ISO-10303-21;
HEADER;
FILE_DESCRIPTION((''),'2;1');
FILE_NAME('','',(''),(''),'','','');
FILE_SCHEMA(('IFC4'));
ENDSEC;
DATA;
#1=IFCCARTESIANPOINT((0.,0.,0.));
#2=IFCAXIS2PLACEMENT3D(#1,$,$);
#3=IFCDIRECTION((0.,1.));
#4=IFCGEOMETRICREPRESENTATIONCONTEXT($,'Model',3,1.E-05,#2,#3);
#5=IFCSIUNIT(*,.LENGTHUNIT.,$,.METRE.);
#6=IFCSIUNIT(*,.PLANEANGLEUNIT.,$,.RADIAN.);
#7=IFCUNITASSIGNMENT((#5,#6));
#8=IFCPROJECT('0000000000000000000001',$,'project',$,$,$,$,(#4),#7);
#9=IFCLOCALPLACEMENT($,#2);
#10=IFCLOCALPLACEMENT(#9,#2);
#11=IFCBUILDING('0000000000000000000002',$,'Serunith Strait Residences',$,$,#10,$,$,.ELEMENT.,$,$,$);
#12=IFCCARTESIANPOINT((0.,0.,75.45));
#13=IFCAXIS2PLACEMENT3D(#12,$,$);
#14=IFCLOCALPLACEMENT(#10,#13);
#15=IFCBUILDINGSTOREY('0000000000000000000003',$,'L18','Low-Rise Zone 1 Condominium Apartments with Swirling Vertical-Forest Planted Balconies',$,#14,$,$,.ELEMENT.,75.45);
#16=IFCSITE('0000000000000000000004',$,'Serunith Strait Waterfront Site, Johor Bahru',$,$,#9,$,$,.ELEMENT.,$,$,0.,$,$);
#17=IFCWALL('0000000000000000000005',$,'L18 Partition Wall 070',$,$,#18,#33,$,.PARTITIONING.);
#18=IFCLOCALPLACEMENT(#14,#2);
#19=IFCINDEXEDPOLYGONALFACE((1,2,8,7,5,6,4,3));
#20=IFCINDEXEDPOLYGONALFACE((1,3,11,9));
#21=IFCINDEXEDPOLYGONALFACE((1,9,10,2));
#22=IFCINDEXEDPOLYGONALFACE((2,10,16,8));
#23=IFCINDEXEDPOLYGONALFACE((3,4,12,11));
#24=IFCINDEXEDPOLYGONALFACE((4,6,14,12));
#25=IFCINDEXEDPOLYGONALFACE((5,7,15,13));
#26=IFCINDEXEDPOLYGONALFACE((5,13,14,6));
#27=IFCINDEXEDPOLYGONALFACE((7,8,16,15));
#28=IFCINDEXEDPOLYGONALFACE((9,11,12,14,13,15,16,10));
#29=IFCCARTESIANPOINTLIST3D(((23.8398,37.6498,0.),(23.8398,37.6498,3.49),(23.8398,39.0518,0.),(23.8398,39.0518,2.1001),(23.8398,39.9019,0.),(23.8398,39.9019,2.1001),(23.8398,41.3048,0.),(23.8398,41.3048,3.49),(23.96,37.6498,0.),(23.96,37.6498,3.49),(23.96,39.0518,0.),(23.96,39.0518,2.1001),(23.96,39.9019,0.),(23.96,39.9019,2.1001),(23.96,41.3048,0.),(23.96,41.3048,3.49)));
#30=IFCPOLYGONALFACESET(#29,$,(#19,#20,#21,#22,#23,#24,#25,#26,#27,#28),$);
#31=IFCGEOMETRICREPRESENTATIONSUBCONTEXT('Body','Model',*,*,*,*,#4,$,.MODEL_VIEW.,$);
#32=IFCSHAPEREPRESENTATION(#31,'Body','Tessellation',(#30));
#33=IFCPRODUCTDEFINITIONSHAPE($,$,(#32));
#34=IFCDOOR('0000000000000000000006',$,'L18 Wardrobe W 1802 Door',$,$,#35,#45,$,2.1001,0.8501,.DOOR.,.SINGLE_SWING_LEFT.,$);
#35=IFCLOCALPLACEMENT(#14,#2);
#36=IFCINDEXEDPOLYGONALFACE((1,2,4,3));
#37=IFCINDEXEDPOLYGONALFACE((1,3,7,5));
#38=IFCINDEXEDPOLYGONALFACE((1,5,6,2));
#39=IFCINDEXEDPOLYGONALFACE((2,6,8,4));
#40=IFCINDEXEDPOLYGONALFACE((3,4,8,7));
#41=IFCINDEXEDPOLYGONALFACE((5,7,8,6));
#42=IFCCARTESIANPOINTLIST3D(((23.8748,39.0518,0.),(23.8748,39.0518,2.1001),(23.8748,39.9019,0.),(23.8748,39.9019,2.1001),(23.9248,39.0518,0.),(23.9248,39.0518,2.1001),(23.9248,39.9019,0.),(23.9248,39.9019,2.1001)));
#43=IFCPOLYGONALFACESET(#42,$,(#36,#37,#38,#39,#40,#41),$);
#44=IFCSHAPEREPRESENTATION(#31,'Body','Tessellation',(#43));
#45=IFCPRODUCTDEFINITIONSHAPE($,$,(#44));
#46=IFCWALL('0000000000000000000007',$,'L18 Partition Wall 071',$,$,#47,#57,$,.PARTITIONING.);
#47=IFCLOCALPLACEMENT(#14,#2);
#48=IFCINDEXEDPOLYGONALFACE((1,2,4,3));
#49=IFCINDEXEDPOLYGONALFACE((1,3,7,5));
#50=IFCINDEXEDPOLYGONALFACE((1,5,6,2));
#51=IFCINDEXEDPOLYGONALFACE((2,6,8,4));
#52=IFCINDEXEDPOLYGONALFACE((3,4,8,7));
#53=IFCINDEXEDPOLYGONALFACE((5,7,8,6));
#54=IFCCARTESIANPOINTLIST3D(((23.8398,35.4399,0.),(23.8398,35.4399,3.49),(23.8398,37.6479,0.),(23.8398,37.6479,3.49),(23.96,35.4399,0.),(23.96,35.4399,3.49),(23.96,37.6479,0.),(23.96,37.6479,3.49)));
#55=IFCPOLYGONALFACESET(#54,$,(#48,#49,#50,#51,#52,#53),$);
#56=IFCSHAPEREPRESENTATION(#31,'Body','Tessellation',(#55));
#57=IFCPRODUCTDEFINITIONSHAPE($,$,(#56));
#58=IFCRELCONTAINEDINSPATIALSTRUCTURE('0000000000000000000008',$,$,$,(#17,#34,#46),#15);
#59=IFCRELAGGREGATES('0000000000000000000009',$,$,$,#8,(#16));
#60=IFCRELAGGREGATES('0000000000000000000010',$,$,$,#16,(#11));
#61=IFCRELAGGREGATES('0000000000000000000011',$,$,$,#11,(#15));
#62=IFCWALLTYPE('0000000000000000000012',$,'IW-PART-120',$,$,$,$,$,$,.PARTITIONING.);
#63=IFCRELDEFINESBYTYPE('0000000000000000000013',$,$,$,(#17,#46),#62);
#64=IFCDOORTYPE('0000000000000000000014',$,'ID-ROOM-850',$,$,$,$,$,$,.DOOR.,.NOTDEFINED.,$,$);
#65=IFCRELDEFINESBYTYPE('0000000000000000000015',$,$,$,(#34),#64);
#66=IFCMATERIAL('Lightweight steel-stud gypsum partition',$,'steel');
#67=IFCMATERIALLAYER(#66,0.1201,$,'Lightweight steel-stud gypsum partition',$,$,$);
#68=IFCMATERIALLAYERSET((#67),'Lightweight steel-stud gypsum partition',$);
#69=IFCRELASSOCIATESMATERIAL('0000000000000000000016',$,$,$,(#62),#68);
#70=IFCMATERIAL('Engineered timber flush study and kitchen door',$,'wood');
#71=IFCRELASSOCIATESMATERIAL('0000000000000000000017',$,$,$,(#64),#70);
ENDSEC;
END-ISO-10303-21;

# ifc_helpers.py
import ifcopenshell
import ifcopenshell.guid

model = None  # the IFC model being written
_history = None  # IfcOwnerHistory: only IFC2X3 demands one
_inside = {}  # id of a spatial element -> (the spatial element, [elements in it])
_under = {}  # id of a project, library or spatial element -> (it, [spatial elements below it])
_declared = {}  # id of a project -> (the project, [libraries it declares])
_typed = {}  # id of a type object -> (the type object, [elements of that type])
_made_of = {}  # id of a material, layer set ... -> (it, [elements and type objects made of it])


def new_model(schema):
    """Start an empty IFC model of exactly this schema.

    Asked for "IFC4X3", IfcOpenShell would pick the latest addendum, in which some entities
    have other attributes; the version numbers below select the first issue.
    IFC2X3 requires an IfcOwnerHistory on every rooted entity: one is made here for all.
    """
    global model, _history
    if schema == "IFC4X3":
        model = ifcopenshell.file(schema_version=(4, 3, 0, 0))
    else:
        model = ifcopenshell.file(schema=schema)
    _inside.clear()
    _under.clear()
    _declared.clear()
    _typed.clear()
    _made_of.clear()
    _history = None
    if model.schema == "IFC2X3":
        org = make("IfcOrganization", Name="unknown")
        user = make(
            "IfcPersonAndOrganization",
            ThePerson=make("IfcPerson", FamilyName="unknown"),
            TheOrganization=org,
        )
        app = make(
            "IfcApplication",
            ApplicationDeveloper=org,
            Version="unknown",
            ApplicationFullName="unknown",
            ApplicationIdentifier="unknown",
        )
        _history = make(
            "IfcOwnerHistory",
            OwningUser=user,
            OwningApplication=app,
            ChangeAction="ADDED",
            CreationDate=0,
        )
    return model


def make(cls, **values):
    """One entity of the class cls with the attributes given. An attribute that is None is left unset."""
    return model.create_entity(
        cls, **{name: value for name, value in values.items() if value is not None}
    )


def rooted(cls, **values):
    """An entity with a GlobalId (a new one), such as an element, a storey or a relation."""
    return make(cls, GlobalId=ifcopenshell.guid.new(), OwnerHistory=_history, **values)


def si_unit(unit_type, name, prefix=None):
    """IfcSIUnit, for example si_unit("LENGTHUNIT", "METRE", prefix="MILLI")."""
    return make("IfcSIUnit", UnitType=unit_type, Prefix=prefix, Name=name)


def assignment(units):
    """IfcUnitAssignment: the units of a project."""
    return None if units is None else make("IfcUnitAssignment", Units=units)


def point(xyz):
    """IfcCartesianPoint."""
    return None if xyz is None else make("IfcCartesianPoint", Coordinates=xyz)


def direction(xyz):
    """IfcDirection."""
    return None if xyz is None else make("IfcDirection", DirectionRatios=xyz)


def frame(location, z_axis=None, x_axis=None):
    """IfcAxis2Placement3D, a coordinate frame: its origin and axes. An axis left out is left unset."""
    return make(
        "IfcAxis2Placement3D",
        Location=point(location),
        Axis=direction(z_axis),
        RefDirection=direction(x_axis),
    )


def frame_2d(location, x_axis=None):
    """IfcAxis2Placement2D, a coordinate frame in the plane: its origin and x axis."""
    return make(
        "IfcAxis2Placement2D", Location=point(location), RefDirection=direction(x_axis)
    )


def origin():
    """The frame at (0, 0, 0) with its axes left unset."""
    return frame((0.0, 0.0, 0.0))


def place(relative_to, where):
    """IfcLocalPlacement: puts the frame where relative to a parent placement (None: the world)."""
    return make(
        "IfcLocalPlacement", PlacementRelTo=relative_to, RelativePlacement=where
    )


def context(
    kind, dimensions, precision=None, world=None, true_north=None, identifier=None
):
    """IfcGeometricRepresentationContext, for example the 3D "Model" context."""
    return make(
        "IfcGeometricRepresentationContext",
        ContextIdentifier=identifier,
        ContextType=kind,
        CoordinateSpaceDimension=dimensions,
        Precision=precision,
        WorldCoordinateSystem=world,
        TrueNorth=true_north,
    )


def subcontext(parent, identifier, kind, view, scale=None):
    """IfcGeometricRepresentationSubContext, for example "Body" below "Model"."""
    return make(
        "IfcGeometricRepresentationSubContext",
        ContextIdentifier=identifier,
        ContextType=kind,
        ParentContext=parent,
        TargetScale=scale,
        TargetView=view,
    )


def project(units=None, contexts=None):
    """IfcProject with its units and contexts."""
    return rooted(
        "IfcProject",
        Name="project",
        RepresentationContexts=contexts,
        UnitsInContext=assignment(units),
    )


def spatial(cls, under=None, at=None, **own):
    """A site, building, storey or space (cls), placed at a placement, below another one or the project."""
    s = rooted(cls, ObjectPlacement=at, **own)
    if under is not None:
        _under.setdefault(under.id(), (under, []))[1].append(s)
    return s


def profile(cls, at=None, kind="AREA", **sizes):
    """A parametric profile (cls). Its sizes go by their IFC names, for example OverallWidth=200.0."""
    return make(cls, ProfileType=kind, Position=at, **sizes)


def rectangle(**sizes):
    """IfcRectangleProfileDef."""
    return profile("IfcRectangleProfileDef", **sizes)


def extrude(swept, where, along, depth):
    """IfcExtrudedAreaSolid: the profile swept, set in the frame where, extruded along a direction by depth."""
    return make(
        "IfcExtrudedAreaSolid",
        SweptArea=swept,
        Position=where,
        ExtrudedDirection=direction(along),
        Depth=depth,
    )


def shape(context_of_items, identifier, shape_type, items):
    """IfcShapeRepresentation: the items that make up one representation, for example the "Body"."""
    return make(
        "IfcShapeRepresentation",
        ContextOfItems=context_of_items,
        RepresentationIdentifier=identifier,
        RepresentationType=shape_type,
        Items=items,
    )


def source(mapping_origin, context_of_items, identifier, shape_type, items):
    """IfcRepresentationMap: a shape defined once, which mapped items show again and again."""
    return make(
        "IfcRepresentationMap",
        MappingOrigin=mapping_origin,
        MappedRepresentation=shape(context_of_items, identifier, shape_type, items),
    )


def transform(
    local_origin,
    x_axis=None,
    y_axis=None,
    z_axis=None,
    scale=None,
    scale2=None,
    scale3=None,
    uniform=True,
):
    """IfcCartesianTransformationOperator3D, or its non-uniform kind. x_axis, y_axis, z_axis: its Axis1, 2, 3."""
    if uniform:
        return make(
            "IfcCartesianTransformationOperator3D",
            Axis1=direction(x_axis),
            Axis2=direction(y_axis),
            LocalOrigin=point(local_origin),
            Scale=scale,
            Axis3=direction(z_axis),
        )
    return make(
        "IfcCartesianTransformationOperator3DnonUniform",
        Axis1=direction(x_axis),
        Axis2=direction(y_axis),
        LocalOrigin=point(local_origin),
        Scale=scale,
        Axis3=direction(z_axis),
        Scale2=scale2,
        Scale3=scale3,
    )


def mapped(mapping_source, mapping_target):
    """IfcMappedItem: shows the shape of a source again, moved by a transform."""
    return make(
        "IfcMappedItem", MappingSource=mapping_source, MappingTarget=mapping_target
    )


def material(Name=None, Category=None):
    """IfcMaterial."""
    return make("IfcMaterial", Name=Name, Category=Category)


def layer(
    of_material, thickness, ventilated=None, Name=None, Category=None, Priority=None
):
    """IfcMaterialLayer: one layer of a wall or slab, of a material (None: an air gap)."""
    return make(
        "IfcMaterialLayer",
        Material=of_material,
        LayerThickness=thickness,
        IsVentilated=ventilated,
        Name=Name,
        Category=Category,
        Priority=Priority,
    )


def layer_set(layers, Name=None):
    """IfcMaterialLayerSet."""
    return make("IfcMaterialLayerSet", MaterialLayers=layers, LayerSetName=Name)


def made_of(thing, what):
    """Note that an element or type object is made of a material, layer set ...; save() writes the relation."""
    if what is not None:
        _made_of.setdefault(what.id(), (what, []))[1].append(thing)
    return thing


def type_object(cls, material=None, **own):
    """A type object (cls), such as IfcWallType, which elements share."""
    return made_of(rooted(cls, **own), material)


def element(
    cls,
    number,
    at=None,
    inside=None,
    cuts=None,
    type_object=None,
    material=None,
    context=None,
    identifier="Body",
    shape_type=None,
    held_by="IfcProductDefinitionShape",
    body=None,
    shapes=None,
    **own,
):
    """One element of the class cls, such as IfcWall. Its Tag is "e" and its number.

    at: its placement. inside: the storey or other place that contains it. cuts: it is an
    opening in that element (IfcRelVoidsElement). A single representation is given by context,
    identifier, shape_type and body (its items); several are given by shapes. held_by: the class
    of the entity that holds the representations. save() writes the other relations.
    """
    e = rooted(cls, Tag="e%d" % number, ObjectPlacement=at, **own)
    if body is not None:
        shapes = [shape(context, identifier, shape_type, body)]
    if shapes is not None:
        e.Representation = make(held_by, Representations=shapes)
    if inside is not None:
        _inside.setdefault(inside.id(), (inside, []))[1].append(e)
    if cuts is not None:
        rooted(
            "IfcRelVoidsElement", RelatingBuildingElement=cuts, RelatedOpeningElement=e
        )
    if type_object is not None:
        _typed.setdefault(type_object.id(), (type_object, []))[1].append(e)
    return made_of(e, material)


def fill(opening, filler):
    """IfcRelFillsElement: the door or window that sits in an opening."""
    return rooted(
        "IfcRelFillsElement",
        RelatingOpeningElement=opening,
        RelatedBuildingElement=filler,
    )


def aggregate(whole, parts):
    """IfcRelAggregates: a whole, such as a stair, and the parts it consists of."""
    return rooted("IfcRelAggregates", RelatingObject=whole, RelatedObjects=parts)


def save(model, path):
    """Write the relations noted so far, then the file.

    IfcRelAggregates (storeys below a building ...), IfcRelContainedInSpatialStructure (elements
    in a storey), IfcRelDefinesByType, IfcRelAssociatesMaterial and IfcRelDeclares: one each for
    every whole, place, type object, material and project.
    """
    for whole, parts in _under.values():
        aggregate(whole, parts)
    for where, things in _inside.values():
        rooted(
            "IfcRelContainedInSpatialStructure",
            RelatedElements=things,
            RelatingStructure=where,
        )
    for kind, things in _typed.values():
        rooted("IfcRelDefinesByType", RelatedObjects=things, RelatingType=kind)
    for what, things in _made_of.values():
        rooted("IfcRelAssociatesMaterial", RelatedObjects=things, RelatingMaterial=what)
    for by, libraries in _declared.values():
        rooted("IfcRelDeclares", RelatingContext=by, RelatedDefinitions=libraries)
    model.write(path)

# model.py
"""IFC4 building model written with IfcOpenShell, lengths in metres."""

from ifc_helpers import new_model, si_unit, direction, frame, frame_2d, origin, place, context, subcontext, project, spatial, rectangle, extrude, source, transform, mapped, material, layer, layer_set, type_object, element, fill, save


model = new_model("IFC4")

# Units and contexts
model_context = context("Model", 3, precision=1e-05, world=origin(), true_north=direction((0.0, 1.0)))
body_context = subcontext(model_context, "Body", "Model", "MODEL_VIEW")
ifc_project = project(units=[si_unit("LENGTHUNIT", "METRE"), si_unit("PLANEANGLEUNIT", "RADIAN")], contexts=[model_context])

# Site, building, storey
site_placement = place(None, origin())
site = spatial("IfcSite", under=ifc_project, at=site_placement, Name="Serunith Strait Waterfront Site, Johor Bahru", CompositionType="ELEMENT", RefElevation=0.0)
building_placement = place(site_placement, origin())
building = spatial("IfcBuilding", under=site, at=building_placement, Name="Serunith Strait Residences", CompositionType="ELEMENT")
storey_placement = place(building_placement, frame((0.0, 0.0, 75.45)))
storey = spatial("IfcBuildingStorey", under=building, at=storey_placement, Name="L18", Description="Low-Rise Zone 1 Condominium Apartments with Swirling Vertical-Forest Planted Balconies", CompositionType="ELEMENT", Elevation=75.45)

# Shared definitions
ifc_material_1 = material(Name="Lightweight steel-stud gypsum partition", Category="steel")
ifc_layer_1 = layer(ifc_material_1, 0.1201, Name="Lightweight steel-stud gypsum partition")
ifc_layer_set_1 = layer_set([ifc_layer_1], Name="Lightweight steel-stud gypsum partition")
wall_type_1 = type_object("IfcWallType", Name="IW-PART-120", PredefinedType="PARTITIONING", material=ifc_layer_set_1)
ifc_material_2 = material(Name="Engineered timber flush study and kitchen door", Category="wood")
door_type_1 = type_object("IfcDoorType", Name="ID-ROOM-850", OperationType="NOTDEFINED", PredefinedType="DOOR", material=ifc_material_2)
shared_shape_1 = source(origin(), body_context, "Body", "SweptSolid", [
    extrude(rectangle(XDim=0.8501, YDim=2.1001, at=frame_2d((0.425, 1.05))), frame((0.0, 0.0249, 0.0), z_axis=(0.0, -1.0, 0.0), x_axis=(1.0, 0.0, 0.0)), (0.0, 0.0, 1.0), 0.05),
])

# Wall, opening, door
wall_1_placement = place(storey_placement, frame((23.8999, 41.3049, 0.0), z_axis=(0.0, 0.0, 1.0), x_axis=(0.0, -1.0, 0.0)))
wall_1 = element("IfcWall", 1, at=wall_1_placement, inside=storey, type_object=wall_type_1, Name="L18 Partition Wall 070", PredefinedType="PARTITIONING", context=body_context, shape_type="SweptSolid", body=[
    extrude(rectangle(XDim=3.655, YDim=0.1201, at=frame_2d((1.8276, 0.0))), origin(), (0.0, 0.0, 1.0), 3.49),
])
opening_1_placement = place(wall_1_placement, frame((1.4031, 0.0, 0.0)))
opening_1 = element("IfcOpeningElement", 2, at=opening_1_placement, cuts=wall_1, PredefinedType="OPENING", context=body_context, shape_type="SweptSolid", body=[
    extrude(rectangle(XDim=0.8501, YDim=2.1001, at=frame_2d((0.425, 1.05))), frame((0.0, 0.0701, 0.0), z_axis=(0.0, -1.0, 0.0), x_axis=(1.0, 0.0, 0.0)), (0.0, 0.0, 1.0), 0.1401),
])
door_1_placement = place(opening_1_placement, origin())
door_1 = element("IfcDoor", 3, at=door_1_placement, inside=storey, type_object=door_type_1, Name="L18 Wardrobe W 1802 Door", OperationType="SINGLE_SWING_LEFT", OverallHeight=2.1001, OverallWidth=0.8501, PredefinedType="DOOR", context=body_context, shape_type="MappedRepresentation", body=[
    mapped(shared_shape_1, transform((0.0, 0.0, 0.0), scale=1.0)),
])
fill(opening_1, door_1)

# Wall
wall_2_placement = place(storey_placement, frame((23.8999, 37.6479, 0.0), z_axis=(0.0, 0.0, 1.0), x_axis=(0.0, -1.0, 0.0)))
element("IfcWall", 4, at=wall_2_placement, inside=storey, type_object=wall_type_1, Name="L18 Partition Wall 071", PredefinedType="PARTITIONING", context=body_context, shape_type="SweptSolid", body=[
    extrude(rectangle(XDim=2.208, YDim=0.1201, at=frame_2d((1.104, 0.0))), origin(), (0.0, 0.0, 1.0), 3.49),
])

save(model, "model.ifc")
